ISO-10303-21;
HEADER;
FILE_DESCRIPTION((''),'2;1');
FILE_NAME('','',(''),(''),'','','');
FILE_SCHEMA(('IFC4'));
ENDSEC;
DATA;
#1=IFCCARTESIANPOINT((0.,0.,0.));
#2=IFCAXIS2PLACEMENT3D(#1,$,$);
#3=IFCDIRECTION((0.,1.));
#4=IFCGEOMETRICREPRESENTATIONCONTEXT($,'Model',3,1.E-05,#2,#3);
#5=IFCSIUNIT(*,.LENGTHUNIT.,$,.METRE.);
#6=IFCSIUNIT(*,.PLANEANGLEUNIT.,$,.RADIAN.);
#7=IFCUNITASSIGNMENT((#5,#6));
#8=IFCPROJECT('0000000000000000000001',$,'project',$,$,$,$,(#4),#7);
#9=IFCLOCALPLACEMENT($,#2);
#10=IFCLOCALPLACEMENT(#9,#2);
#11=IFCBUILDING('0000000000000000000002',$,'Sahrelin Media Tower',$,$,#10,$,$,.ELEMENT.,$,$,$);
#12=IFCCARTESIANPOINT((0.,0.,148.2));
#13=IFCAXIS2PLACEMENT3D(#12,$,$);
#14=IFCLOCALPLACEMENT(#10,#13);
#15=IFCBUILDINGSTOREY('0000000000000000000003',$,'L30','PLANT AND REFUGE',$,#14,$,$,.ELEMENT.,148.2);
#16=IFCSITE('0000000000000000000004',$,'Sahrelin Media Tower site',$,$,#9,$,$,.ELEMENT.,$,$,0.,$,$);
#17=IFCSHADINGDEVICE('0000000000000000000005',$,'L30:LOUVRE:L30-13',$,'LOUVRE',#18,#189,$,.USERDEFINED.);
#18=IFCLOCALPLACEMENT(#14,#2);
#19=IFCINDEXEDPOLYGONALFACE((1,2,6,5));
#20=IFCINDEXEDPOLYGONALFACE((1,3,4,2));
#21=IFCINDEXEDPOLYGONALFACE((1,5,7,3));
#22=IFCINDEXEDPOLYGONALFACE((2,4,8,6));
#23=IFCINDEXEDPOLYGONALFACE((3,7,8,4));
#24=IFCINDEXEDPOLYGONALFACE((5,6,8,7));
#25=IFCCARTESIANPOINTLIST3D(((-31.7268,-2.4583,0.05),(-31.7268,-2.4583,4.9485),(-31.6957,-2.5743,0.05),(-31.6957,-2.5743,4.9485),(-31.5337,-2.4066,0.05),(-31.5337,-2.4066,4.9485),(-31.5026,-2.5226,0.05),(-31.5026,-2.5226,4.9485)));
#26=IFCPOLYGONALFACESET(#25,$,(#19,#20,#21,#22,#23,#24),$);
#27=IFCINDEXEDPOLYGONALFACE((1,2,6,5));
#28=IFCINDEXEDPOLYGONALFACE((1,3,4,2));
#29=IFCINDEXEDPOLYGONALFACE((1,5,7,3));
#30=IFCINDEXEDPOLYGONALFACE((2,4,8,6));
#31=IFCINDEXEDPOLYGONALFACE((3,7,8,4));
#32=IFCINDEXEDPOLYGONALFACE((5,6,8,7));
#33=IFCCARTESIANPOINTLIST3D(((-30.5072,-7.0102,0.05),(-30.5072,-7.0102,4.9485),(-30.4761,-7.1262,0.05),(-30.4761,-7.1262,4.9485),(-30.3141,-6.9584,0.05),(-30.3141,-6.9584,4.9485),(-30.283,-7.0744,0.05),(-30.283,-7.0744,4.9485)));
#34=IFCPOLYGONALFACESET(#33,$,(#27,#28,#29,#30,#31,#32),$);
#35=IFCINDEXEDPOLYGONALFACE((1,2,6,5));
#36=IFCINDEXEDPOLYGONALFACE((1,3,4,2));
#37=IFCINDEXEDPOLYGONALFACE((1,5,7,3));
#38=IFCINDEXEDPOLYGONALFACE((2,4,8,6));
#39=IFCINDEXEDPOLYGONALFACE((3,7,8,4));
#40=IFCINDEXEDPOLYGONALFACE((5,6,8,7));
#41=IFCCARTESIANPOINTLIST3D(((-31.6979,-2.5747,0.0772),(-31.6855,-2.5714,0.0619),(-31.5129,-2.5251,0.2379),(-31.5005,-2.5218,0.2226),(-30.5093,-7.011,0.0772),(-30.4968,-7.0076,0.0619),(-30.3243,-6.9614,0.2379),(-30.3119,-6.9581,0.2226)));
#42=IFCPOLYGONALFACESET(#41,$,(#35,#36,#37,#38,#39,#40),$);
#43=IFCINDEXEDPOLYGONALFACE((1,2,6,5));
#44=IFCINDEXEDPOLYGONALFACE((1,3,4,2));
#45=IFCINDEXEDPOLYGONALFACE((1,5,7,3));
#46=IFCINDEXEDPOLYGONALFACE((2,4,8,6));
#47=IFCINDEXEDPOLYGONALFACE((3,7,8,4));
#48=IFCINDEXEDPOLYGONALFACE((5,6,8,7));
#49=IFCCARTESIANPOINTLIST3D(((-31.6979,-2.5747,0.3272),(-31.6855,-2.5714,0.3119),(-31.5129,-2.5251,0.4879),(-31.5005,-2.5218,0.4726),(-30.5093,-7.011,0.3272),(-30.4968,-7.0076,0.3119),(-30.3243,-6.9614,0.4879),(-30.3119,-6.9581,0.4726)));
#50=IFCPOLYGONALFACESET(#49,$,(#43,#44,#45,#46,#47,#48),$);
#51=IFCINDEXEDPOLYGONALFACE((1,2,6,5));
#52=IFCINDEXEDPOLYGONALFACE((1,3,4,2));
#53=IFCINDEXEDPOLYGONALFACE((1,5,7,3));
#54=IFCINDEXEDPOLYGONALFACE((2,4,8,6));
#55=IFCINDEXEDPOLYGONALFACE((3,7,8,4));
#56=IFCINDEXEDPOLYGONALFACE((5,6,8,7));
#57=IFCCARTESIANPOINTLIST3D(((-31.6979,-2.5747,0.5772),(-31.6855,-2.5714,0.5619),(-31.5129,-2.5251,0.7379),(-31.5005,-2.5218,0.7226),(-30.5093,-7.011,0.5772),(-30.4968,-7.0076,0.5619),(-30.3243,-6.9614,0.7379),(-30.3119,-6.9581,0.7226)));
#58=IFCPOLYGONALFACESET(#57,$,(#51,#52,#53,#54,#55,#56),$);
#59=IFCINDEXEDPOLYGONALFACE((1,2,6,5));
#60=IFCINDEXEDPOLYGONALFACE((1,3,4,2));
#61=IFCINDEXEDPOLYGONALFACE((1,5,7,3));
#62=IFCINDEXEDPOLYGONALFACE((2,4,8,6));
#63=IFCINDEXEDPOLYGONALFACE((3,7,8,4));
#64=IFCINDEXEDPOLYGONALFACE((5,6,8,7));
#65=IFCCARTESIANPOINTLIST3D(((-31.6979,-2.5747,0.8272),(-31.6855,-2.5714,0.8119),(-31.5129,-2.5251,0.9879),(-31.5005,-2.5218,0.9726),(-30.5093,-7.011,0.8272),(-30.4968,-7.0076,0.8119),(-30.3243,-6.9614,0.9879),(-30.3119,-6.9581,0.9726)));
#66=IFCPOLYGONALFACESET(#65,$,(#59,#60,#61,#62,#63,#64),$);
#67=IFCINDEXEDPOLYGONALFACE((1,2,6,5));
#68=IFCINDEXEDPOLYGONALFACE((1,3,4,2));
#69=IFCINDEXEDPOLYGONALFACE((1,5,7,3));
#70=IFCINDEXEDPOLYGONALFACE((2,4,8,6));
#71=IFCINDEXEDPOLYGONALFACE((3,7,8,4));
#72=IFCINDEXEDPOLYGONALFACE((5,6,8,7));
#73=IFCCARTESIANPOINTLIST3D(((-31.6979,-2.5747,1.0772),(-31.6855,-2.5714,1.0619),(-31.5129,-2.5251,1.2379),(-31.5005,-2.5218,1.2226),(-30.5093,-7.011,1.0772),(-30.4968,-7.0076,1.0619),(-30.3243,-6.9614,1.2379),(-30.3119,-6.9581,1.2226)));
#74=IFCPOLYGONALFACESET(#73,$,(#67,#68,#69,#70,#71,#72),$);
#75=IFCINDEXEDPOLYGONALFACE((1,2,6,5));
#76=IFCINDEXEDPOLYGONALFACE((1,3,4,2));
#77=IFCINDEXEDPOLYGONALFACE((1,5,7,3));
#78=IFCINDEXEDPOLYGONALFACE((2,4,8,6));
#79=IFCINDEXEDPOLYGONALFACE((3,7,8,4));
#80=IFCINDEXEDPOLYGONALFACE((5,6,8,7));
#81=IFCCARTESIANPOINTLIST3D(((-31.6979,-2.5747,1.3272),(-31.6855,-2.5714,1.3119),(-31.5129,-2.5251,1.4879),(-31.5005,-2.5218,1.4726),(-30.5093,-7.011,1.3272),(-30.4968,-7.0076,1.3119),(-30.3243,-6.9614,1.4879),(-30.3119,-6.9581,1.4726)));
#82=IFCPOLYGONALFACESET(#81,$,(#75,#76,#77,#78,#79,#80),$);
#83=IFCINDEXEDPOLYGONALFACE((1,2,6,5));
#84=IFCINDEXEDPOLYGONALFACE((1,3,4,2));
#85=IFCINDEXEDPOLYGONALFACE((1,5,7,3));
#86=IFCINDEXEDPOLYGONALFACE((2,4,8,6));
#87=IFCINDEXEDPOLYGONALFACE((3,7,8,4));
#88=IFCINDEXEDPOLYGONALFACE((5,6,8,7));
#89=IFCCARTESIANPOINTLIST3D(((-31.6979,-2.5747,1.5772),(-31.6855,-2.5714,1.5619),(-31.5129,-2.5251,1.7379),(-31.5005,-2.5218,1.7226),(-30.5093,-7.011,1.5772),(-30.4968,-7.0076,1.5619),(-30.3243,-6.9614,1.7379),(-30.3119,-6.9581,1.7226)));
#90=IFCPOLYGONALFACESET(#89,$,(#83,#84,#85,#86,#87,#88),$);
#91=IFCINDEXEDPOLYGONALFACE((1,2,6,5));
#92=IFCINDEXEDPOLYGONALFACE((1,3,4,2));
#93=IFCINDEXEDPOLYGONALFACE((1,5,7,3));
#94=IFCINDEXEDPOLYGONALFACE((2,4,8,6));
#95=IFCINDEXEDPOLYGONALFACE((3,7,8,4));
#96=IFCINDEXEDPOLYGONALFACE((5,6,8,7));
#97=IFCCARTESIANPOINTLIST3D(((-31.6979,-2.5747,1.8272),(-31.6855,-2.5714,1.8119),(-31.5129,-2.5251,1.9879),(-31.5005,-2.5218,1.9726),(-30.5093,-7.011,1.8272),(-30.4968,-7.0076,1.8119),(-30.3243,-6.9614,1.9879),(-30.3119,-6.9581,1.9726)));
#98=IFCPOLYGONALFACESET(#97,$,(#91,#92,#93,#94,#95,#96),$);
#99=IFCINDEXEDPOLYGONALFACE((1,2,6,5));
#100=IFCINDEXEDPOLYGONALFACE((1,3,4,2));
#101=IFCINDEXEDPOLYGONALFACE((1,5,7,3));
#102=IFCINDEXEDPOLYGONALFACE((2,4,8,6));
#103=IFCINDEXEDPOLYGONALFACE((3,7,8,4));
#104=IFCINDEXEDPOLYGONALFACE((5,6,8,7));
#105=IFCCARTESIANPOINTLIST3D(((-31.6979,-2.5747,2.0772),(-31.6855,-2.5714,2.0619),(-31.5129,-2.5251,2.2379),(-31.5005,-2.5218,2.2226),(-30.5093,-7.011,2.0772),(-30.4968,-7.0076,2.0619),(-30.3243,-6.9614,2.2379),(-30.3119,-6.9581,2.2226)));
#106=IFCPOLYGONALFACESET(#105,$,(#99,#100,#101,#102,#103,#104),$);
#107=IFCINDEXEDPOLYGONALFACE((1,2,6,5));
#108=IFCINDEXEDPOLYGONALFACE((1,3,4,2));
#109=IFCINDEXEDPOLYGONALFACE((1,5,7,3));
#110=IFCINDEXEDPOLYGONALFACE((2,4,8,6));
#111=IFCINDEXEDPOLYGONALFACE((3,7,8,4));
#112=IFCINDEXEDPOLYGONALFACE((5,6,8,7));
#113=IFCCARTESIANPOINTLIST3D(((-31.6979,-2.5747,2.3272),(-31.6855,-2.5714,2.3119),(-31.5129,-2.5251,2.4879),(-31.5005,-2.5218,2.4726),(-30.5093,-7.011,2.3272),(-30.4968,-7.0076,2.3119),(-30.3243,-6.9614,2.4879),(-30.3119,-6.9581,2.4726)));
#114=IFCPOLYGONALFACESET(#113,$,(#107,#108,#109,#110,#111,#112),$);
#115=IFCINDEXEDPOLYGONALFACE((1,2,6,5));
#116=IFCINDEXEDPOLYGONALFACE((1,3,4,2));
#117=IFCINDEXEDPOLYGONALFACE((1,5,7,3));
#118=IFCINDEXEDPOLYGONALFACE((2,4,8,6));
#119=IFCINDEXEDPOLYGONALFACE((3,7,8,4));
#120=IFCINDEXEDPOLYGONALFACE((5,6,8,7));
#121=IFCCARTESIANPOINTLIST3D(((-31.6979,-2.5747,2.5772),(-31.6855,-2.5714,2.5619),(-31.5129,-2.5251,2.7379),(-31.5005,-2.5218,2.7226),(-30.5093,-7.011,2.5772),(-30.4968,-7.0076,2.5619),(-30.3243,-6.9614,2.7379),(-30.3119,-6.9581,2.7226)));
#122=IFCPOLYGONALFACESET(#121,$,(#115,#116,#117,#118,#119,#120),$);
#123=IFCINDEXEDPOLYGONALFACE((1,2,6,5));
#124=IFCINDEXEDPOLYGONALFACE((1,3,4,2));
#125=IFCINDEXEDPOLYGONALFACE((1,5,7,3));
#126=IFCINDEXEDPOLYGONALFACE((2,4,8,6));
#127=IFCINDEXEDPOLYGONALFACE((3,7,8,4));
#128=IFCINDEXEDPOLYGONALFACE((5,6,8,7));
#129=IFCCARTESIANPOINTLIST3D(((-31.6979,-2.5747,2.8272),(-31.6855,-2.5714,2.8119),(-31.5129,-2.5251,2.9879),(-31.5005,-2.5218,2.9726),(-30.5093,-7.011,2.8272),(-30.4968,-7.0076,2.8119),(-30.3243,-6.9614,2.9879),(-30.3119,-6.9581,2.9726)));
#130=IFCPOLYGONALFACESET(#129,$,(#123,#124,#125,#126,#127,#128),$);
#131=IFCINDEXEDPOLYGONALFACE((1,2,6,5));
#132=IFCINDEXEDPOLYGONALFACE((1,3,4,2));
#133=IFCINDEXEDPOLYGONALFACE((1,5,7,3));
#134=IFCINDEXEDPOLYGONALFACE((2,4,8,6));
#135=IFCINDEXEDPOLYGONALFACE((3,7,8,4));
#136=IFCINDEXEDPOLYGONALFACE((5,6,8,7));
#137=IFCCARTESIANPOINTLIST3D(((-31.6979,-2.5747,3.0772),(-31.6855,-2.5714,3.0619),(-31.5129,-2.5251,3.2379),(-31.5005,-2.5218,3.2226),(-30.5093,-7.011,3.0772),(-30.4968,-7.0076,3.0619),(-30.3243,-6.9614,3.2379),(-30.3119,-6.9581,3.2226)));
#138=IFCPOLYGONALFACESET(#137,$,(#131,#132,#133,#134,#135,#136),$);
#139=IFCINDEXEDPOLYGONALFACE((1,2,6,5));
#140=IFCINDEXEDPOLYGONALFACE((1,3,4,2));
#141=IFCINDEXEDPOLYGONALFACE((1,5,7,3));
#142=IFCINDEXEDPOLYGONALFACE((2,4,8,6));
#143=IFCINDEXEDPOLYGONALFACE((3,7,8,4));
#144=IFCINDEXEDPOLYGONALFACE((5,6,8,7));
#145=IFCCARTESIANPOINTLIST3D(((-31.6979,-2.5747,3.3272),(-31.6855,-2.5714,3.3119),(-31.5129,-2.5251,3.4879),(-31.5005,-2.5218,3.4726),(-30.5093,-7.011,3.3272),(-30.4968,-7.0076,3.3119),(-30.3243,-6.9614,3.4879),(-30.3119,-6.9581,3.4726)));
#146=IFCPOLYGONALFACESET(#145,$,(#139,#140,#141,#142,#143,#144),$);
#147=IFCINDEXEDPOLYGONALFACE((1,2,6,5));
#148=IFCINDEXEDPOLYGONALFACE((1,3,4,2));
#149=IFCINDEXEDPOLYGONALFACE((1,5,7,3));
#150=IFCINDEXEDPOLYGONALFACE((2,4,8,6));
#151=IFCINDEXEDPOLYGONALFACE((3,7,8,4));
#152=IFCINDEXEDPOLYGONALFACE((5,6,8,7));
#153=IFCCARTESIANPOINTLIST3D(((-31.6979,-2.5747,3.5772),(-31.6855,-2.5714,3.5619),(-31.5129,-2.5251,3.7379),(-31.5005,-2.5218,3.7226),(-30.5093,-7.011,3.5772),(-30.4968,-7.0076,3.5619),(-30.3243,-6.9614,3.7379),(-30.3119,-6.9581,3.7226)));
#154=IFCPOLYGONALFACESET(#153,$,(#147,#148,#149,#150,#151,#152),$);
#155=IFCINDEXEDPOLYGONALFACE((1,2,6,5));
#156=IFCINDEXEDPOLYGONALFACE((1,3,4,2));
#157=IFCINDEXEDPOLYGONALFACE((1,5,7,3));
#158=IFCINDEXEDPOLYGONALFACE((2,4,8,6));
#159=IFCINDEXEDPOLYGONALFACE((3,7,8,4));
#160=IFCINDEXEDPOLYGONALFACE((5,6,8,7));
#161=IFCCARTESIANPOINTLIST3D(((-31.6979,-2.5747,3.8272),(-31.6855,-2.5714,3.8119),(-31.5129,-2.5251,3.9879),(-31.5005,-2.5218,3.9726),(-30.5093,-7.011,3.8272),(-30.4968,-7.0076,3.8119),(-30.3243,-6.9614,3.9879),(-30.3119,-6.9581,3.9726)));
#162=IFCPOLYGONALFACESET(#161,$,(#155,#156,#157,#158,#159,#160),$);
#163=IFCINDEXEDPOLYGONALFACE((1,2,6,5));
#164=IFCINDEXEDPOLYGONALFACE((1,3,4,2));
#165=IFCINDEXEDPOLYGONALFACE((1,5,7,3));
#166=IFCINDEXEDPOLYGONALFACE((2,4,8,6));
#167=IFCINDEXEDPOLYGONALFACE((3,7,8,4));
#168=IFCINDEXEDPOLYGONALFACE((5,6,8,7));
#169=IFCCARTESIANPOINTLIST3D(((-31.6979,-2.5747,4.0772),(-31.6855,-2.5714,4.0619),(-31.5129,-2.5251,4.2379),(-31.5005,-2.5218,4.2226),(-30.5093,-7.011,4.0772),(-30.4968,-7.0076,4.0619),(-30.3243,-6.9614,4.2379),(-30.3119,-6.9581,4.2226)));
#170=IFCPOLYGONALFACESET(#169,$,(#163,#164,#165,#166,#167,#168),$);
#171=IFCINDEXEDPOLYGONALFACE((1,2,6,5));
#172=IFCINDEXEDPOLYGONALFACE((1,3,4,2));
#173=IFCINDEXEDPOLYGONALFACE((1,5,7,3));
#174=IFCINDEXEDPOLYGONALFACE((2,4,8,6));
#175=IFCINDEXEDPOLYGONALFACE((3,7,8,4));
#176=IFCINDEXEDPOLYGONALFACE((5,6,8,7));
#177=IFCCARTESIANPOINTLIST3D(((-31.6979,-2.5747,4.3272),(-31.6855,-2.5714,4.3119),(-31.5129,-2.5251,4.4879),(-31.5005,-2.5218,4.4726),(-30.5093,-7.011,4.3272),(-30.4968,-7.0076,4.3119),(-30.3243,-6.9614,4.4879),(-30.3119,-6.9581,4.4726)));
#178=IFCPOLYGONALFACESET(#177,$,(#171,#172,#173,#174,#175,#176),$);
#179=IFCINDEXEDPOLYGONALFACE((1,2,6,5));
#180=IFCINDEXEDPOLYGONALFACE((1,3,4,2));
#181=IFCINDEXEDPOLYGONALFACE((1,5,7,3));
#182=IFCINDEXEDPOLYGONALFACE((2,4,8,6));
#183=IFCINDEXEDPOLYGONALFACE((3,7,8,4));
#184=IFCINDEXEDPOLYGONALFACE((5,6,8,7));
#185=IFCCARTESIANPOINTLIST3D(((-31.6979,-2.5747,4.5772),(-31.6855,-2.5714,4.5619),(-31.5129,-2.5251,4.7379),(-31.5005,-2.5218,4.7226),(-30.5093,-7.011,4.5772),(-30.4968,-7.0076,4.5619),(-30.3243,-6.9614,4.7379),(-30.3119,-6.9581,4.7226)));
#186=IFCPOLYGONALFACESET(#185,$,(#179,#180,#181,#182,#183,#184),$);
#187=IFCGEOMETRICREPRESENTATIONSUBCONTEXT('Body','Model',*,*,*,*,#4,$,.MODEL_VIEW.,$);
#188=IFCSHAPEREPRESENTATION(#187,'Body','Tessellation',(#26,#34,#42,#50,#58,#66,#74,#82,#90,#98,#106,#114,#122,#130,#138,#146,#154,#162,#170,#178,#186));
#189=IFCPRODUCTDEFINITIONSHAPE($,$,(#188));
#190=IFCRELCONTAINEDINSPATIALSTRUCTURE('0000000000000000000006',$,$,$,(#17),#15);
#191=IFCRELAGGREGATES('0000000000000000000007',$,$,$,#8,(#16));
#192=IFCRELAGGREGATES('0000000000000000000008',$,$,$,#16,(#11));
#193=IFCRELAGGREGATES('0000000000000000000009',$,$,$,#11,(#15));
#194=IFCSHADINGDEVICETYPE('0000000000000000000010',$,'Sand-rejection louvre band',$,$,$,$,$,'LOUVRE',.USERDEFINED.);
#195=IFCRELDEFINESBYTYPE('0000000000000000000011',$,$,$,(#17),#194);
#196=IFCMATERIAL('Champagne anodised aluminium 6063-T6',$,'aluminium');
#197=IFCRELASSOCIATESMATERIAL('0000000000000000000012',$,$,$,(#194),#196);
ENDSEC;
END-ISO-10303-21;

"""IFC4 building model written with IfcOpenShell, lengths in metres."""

from ifc_helpers import new_model, si_unit, direction, frame, origin, origin_2d, place, context, subcontext, project, spatial, rectangle, extrude, material, type_object, element, save


model = new_model("IFC4")

# Units and contexts
model_context = context("Model", 3, precision=1e-05, world=origin(), true_north=direction((0.0, 1.0)))
body_context = subcontext(model_context, "Body", "Model", "MODEL_VIEW")
ifc_project = project(units=[si_unit("LENGTHUNIT", "METRE"), si_unit("PLANEANGLEUNIT", "RADIAN")], contexts=[model_context])

# Site, building, storey
site_placement = place(None, origin())
site = spatial("IfcSite", under=ifc_project, at=site_placement, Name="Sahrelin Media Tower site", CompositionType="ELEMENT", RefElevation=0.0)
building_placement = place(site_placement, origin())
building = spatial("IfcBuilding", under=site, at=building_placement, Name="Sahrelin Media Tower", CompositionType="ELEMENT")
storey_placement = place(building_placement, frame((0.0, 0.0, 148.2)))
storey = spatial("IfcBuildingStorey", under=building, at=storey_placement, Name="L30", Description="PLANT AND REFUGE", CompositionType="ELEMENT", Elevation=148.2)

# Shading device
ifc_material_1 = material(Name="Champagne anodised aluminium 6063-T6", Category="aluminium")
shading_device_type = type_object("IfcShadingDeviceType", Name="Sand-rejection louvre band", ElementType="LOUVRE", PredefinedType="USERDEFINED", material=ifc_material_1)
shading_device_1_placement = place(storey_placement, frame((-30.9082, -4.7405, 0.0), z_axis=(0.0, 0.0, 1.0), x_axis=(-0.258808, 0.965929, 0.0)))
element("IfcShadingDevice", 1, at=shading_device_1_placement, inside=storey, type_object=shading_device_type, Name="L30:LOUVRE:L30-13", ObjectType="LOUVRE", PredefinedType="USERDEFINED", context=body_context, shape_type="SweptSolid", body=[
    extrude(rectangle(XDim=0.1201, YDim=0.2, at=origin_2d()), frame((2.3562, 0.1001, 0.05), z_axis=(0.0, 0.0, 1.0), x_axis=(1.0, 0.0, 0.0)), (0.0, 0.0, 1.0), 4.8984),
    extrude(rectangle(XDim=0.1201, YDim=0.2, at=origin_2d()), frame((-2.3562, 0.1001, 0.05), z_axis=(0.0, 0.0, 1.0), x_axis=(1.0, 0.0, 0.0)), (0.0, 0.0, 1.0), 4.8984),
    extrude(rectangle(XDim=0.25, YDim=0.02, at=origin_2d()), frame((2.2964, 0.1001, 0.1499), z_axis=(-1.0, 0.0, 0.0), x_axis=(0.0, -0.766044, 0.642788)), (0.0, 0.0, 1.0), 4.5928),
    extrude(rectangle(XDim=0.25, YDim=0.02, at=origin_2d()), frame((2.2964, 0.1001, 0.3999), z_axis=(-1.0, 0.0, 0.0), x_axis=(0.0, -0.766044, 0.642788)), (0.0, 0.0, 1.0), 4.5928),
    extrude(rectangle(XDim=0.25, YDim=0.02, at=origin_2d()), frame((2.2964, 0.1001, 0.6499), z_axis=(-1.0, 0.0, 0.0), x_axis=(0.0, -0.766044, 0.642788)), (0.0, 0.0, 1.0), 4.5928),
    extrude(rectangle(XDim=0.25, YDim=0.02, at=origin_2d()), frame((2.2964, 0.1001, 0.8999), z_axis=(-1.0, 0.0, 0.0), x_axis=(0.0, -0.766044, 0.642788)), (0.0, 0.0, 1.0), 4.5928),
    extrude(rectangle(XDim=0.25, YDim=0.02, at=origin_2d()), frame((2.2964, 0.1001, 1.1499), z_axis=(-1.0, 0.0, 0.0), x_axis=(0.0, -0.766044, 0.642788)), (0.0, 0.0, 1.0), 4.5928),
    extrude(rectangle(XDim=0.25, YDim=0.02, at=origin_2d()), frame((2.2964, 0.1001, 1.3999), z_axis=(-1.0, 0.0, 0.0), x_axis=(0.0, -0.766044, 0.642788)), (0.0, 0.0, 1.0), 4.5928),
    extrude(rectangle(XDim=0.25, YDim=0.02, at=origin_2d()), frame((2.2964, 0.1001, 1.6499), z_axis=(-1.0, 0.0, 0.0), x_axis=(0.0, -0.766044, 0.642788)), (0.0, 0.0, 1.0), 4.5928),
    extrude(rectangle(XDim=0.25, YDim=0.02, at=origin_2d()), frame((2.2964, 0.1001, 1.8999), z_axis=(-1.0, 0.0, 0.0), x_axis=(0.0, -0.766044, 0.642788)), (0.0, 0.0, 1.0), 4.5928),
    extrude(rectangle(XDim=0.25, YDim=0.02, at=origin_2d()), frame((2.2964, 0.1001, 2.1499), z_axis=(-1.0, 0.0, 0.0), x_axis=(0.0, -0.766044, 0.642788)), (0.0, 0.0, 1.0), 4.5928),
    extrude(rectangle(XDim=0.25, YDim=0.02, at=origin_2d()), frame((2.2964, 0.1001, 2.3999), z_axis=(-1.0, 0.0, 0.0), x_axis=(0.0, -0.766044, 0.642788)), (0.0, 0.0, 1.0), 4.5928),
    extrude(rectangle(XDim=0.25, YDim=0.02, at=origin_2d()), frame((2.2964, 0.1001, 2.6499), z_axis=(-1.0, 0.0, 0.0), x_axis=(0.0, -0.766044, 0.642788)), (0.0, 0.0, 1.0), 4.5928),
    extrude(rectangle(XDim=0.25, YDim=0.02, at=origin_2d()), frame((2.2964, 0.1001, 2.8999), z_axis=(-1.0, 0.0, 0.0), x_axis=(0.0, -0.766044, 0.642788)), (0.0, 0.0, 1.0), 4.5928),
    extrude(rectangle(XDim=0.25, YDim=0.02, at=origin_2d()), frame((2.2964, 0.1001, 3.1499), z_axis=(-1.0, 0.0, 0.0), x_axis=(0.0, -0.766044, 0.642788)), (0.0, 0.0, 1.0), 4.5928),
    extrude(rectangle(XDim=0.25, YDim=0.02, at=origin_2d()), frame((2.2964, 0.1001, 3.3999), z_axis=(-1.0, 0.0, 0.0), x_axis=(0.0, -0.766044, 0.642788)), (0.0, 0.0, 1.0), 4.5928),
    extrude(rectangle(XDim=0.25, YDim=0.02, at=origin_2d()), frame((2.2964, 0.1001, 3.6499), z_axis=(-1.0, 0.0, 0.0), x_axis=(0.0, -0.766044, 0.642788)), (0.0, 0.0, 1.0), 4.5928),
    extrude(rectangle(XDim=0.25, YDim=0.02, at=origin_2d()), frame((2.2964, 0.1001, 3.8999), z_axis=(-1.0, 0.0, 0.0), x_axis=(0.0, -0.766044, 0.642788)), (0.0, 0.0, 1.0), 4.5928),
    extrude(rectangle(XDim=0.25, YDim=0.02, at=origin_2d()), frame((2.2964, 0.1001, 4.1499), z_axis=(-1.0, 0.0, 0.0), x_axis=(0.0, -0.766044, 0.642788)), (0.0, 0.0, 1.0), 4.5928),
    extrude(rectangle(XDim=0.25, YDim=0.02, at=origin_2d()), frame((2.2964, 0.1001, 4.3999), z_axis=(-1.0, 0.0, 0.0), x_axis=(0.0, -0.766044, 0.642788)), (0.0, 0.0, 1.0), 4.5928),
    extrude(rectangle(XDim=0.25, YDim=0.02, at=origin_2d()), frame((2.2964, 0.1001, 4.6499), z_axis=(-1.0, 0.0, 0.0), x_axis=(0.0, -0.766044, 0.642788)), (0.0, 0.0, 1.0), 4.5928),
])

save(model, "model.ifc")
